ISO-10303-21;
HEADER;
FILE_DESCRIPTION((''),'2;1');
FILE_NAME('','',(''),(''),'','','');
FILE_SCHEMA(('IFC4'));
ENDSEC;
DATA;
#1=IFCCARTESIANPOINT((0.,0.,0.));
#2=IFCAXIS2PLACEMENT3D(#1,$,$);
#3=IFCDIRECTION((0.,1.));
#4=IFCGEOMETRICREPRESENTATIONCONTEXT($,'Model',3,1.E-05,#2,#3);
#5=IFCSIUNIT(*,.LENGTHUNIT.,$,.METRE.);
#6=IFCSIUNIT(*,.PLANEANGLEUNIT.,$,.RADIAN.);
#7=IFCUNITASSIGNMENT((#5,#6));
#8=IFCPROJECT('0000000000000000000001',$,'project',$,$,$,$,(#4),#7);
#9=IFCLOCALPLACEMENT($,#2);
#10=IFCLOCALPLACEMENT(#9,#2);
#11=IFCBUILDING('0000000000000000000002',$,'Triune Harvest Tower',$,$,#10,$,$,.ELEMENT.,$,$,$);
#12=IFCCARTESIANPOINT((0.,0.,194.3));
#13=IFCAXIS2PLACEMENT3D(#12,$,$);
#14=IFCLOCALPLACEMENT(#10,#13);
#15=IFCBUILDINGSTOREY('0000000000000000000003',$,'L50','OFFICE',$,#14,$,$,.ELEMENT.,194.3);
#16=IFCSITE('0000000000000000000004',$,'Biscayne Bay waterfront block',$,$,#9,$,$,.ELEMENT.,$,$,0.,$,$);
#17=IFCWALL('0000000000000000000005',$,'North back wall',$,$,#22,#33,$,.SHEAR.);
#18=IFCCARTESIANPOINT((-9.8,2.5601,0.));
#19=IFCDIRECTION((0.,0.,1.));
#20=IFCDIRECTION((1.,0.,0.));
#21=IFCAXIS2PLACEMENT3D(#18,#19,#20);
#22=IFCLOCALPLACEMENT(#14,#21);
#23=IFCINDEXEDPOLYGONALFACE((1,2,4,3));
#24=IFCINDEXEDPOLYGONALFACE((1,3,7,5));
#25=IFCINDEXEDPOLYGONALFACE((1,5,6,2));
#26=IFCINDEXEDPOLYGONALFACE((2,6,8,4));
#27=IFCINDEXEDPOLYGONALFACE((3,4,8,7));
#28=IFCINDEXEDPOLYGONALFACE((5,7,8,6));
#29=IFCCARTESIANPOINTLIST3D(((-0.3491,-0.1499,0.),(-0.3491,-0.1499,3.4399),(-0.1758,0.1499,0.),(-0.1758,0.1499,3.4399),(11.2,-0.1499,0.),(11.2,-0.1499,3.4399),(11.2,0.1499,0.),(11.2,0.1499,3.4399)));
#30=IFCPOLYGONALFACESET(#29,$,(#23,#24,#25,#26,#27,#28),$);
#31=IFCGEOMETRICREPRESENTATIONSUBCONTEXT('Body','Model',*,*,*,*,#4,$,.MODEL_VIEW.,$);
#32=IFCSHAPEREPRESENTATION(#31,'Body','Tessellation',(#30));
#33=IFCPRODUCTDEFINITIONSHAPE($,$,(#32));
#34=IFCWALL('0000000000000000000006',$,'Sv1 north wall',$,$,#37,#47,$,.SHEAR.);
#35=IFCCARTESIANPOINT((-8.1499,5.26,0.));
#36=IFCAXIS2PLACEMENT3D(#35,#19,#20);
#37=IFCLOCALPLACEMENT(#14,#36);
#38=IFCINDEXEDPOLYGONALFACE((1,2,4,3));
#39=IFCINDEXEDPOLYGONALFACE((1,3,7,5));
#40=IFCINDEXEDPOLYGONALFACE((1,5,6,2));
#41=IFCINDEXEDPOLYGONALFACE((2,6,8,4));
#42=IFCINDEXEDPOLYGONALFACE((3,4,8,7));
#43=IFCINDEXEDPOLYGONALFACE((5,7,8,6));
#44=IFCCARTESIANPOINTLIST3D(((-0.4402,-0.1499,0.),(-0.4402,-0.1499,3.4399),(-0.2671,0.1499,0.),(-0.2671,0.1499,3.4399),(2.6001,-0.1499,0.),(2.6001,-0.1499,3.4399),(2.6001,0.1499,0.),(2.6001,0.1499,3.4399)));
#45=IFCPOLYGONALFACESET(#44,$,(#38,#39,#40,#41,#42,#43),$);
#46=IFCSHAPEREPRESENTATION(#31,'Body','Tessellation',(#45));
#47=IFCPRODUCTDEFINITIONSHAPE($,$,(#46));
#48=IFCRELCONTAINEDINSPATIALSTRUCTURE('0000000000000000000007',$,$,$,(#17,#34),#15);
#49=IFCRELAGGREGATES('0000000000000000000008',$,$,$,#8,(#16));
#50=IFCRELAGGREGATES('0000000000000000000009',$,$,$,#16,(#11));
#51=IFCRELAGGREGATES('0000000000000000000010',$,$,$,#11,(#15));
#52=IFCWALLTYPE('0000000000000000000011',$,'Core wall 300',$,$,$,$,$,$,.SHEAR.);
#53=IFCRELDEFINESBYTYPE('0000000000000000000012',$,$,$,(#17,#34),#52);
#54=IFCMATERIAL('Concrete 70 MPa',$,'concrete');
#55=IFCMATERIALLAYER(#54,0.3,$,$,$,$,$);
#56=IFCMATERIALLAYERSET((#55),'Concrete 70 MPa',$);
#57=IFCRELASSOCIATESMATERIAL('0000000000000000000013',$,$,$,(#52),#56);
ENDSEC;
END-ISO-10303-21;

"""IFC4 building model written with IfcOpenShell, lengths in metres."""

from ifc_helpers import new_model, si_unit, direction, frame, origin, place, context, subcontext, project, spatial, polyline, outline, extrude, source, transform, mapped, material, layer, layer_set, type_object, element, save


model = new_model("IFC4")

# Units and contexts
model_context = context("Model", 3, precision=1e-05, world=origin(), true_north=direction((0.0, 1.0)))
body_context = subcontext(model_context, "Body", "Model", "MODEL_VIEW")
ifc_project = project(units=[si_unit("LENGTHUNIT", "METRE"), si_unit("PLANEANGLEUNIT", "RADIAN")], contexts=[model_context])

# Site, building, storey
site_placement = place(None, origin())
site = spatial("IfcSite", under=ifc_project, at=site_placement, Name="Biscayne Bay waterfront block", CompositionType="ELEMENT", RefElevation=0.0)
building_placement = place(site_placement, origin())
building = spatial("IfcBuilding", under=site, at=building_placement, Name="Triune Harvest Tower", CompositionType="ELEMENT")
storey_placement = place(building_placement, frame((0.0, 0.0, 194.3)))
storey = spatial("IfcBuildingStorey", under=building, at=storey_placement, Name="L50", Description="OFFICE", CompositionType="ELEMENT", Elevation=194.3)

# Shared definitions
ifc_material_1 = material(Name="Concrete 70 MPa", Category="concrete")
ifc_layer_1 = layer(ifc_material_1, 0.3)
ifc_layer_set_1 = layer_set([ifc_layer_1], Name="Concrete 70 MPa")
wall_type_1 = type_object("IfcWallType", Name="Core wall 300", PredefinedType="SHEAR", material=ifc_layer_set_1)

# Wall
shared_shape_1 = source(origin(), body_context, "Body", "SweptSolid", [
    extrude(outline(polyline([(11.2, -0.1499), (-0.3491, -0.1499), (-0.1758, 0.1499), (11.2, 0.1499), (11.2, -0.1499)])), origin(), (0.0, 0.0, 1.0), 3.4399),
])
wall_1_placement = place(storey_placement, frame((-9.8, 2.5601, 0.0), z_axis=(0.0, 0.0, 1.0), x_axis=(1.0, 0.0, 0.0)))
element("IfcWall", 1, at=wall_1_placement, inside=storey, type_object=wall_type_1, Name="North back wall", PredefinedType="SHEAR", context=body_context, shape_type="MappedRepresentation", body=[
    mapped(shared_shape_1, transform((0.0, 0.0, 0.0), scale=1.0)),
])

# Wall
shared_shape_2 = source(origin(), body_context, "Body", "SweptSolid", [
    extrude(outline(polyline([(2.6001, -0.1499), (-0.4402, -0.1499), (-0.2671, 0.1499), (2.6001, 0.1499), (2.6001, -0.1499)])), origin(), (0.0, 0.0, 1.0), 3.4399),
])
wall_2_placement = place(storey_placement, frame((-8.1499, 5.26, 0.0), z_axis=(0.0, 0.0, 1.0), x_axis=(1.0, 0.0, 0.0)))
element("IfcWall", 2, at=wall_2_placement, inside=storey, type_object=wall_type_1, Name="Sv1 north wall", PredefinedType="SHEAR", context=body_context, shape_type="MappedRepresentation", body=[
    mapped(shared_shape_2, transform((0.0, 0.0, 0.0), scale=1.0)),
])

save(model, "model.ifc")
